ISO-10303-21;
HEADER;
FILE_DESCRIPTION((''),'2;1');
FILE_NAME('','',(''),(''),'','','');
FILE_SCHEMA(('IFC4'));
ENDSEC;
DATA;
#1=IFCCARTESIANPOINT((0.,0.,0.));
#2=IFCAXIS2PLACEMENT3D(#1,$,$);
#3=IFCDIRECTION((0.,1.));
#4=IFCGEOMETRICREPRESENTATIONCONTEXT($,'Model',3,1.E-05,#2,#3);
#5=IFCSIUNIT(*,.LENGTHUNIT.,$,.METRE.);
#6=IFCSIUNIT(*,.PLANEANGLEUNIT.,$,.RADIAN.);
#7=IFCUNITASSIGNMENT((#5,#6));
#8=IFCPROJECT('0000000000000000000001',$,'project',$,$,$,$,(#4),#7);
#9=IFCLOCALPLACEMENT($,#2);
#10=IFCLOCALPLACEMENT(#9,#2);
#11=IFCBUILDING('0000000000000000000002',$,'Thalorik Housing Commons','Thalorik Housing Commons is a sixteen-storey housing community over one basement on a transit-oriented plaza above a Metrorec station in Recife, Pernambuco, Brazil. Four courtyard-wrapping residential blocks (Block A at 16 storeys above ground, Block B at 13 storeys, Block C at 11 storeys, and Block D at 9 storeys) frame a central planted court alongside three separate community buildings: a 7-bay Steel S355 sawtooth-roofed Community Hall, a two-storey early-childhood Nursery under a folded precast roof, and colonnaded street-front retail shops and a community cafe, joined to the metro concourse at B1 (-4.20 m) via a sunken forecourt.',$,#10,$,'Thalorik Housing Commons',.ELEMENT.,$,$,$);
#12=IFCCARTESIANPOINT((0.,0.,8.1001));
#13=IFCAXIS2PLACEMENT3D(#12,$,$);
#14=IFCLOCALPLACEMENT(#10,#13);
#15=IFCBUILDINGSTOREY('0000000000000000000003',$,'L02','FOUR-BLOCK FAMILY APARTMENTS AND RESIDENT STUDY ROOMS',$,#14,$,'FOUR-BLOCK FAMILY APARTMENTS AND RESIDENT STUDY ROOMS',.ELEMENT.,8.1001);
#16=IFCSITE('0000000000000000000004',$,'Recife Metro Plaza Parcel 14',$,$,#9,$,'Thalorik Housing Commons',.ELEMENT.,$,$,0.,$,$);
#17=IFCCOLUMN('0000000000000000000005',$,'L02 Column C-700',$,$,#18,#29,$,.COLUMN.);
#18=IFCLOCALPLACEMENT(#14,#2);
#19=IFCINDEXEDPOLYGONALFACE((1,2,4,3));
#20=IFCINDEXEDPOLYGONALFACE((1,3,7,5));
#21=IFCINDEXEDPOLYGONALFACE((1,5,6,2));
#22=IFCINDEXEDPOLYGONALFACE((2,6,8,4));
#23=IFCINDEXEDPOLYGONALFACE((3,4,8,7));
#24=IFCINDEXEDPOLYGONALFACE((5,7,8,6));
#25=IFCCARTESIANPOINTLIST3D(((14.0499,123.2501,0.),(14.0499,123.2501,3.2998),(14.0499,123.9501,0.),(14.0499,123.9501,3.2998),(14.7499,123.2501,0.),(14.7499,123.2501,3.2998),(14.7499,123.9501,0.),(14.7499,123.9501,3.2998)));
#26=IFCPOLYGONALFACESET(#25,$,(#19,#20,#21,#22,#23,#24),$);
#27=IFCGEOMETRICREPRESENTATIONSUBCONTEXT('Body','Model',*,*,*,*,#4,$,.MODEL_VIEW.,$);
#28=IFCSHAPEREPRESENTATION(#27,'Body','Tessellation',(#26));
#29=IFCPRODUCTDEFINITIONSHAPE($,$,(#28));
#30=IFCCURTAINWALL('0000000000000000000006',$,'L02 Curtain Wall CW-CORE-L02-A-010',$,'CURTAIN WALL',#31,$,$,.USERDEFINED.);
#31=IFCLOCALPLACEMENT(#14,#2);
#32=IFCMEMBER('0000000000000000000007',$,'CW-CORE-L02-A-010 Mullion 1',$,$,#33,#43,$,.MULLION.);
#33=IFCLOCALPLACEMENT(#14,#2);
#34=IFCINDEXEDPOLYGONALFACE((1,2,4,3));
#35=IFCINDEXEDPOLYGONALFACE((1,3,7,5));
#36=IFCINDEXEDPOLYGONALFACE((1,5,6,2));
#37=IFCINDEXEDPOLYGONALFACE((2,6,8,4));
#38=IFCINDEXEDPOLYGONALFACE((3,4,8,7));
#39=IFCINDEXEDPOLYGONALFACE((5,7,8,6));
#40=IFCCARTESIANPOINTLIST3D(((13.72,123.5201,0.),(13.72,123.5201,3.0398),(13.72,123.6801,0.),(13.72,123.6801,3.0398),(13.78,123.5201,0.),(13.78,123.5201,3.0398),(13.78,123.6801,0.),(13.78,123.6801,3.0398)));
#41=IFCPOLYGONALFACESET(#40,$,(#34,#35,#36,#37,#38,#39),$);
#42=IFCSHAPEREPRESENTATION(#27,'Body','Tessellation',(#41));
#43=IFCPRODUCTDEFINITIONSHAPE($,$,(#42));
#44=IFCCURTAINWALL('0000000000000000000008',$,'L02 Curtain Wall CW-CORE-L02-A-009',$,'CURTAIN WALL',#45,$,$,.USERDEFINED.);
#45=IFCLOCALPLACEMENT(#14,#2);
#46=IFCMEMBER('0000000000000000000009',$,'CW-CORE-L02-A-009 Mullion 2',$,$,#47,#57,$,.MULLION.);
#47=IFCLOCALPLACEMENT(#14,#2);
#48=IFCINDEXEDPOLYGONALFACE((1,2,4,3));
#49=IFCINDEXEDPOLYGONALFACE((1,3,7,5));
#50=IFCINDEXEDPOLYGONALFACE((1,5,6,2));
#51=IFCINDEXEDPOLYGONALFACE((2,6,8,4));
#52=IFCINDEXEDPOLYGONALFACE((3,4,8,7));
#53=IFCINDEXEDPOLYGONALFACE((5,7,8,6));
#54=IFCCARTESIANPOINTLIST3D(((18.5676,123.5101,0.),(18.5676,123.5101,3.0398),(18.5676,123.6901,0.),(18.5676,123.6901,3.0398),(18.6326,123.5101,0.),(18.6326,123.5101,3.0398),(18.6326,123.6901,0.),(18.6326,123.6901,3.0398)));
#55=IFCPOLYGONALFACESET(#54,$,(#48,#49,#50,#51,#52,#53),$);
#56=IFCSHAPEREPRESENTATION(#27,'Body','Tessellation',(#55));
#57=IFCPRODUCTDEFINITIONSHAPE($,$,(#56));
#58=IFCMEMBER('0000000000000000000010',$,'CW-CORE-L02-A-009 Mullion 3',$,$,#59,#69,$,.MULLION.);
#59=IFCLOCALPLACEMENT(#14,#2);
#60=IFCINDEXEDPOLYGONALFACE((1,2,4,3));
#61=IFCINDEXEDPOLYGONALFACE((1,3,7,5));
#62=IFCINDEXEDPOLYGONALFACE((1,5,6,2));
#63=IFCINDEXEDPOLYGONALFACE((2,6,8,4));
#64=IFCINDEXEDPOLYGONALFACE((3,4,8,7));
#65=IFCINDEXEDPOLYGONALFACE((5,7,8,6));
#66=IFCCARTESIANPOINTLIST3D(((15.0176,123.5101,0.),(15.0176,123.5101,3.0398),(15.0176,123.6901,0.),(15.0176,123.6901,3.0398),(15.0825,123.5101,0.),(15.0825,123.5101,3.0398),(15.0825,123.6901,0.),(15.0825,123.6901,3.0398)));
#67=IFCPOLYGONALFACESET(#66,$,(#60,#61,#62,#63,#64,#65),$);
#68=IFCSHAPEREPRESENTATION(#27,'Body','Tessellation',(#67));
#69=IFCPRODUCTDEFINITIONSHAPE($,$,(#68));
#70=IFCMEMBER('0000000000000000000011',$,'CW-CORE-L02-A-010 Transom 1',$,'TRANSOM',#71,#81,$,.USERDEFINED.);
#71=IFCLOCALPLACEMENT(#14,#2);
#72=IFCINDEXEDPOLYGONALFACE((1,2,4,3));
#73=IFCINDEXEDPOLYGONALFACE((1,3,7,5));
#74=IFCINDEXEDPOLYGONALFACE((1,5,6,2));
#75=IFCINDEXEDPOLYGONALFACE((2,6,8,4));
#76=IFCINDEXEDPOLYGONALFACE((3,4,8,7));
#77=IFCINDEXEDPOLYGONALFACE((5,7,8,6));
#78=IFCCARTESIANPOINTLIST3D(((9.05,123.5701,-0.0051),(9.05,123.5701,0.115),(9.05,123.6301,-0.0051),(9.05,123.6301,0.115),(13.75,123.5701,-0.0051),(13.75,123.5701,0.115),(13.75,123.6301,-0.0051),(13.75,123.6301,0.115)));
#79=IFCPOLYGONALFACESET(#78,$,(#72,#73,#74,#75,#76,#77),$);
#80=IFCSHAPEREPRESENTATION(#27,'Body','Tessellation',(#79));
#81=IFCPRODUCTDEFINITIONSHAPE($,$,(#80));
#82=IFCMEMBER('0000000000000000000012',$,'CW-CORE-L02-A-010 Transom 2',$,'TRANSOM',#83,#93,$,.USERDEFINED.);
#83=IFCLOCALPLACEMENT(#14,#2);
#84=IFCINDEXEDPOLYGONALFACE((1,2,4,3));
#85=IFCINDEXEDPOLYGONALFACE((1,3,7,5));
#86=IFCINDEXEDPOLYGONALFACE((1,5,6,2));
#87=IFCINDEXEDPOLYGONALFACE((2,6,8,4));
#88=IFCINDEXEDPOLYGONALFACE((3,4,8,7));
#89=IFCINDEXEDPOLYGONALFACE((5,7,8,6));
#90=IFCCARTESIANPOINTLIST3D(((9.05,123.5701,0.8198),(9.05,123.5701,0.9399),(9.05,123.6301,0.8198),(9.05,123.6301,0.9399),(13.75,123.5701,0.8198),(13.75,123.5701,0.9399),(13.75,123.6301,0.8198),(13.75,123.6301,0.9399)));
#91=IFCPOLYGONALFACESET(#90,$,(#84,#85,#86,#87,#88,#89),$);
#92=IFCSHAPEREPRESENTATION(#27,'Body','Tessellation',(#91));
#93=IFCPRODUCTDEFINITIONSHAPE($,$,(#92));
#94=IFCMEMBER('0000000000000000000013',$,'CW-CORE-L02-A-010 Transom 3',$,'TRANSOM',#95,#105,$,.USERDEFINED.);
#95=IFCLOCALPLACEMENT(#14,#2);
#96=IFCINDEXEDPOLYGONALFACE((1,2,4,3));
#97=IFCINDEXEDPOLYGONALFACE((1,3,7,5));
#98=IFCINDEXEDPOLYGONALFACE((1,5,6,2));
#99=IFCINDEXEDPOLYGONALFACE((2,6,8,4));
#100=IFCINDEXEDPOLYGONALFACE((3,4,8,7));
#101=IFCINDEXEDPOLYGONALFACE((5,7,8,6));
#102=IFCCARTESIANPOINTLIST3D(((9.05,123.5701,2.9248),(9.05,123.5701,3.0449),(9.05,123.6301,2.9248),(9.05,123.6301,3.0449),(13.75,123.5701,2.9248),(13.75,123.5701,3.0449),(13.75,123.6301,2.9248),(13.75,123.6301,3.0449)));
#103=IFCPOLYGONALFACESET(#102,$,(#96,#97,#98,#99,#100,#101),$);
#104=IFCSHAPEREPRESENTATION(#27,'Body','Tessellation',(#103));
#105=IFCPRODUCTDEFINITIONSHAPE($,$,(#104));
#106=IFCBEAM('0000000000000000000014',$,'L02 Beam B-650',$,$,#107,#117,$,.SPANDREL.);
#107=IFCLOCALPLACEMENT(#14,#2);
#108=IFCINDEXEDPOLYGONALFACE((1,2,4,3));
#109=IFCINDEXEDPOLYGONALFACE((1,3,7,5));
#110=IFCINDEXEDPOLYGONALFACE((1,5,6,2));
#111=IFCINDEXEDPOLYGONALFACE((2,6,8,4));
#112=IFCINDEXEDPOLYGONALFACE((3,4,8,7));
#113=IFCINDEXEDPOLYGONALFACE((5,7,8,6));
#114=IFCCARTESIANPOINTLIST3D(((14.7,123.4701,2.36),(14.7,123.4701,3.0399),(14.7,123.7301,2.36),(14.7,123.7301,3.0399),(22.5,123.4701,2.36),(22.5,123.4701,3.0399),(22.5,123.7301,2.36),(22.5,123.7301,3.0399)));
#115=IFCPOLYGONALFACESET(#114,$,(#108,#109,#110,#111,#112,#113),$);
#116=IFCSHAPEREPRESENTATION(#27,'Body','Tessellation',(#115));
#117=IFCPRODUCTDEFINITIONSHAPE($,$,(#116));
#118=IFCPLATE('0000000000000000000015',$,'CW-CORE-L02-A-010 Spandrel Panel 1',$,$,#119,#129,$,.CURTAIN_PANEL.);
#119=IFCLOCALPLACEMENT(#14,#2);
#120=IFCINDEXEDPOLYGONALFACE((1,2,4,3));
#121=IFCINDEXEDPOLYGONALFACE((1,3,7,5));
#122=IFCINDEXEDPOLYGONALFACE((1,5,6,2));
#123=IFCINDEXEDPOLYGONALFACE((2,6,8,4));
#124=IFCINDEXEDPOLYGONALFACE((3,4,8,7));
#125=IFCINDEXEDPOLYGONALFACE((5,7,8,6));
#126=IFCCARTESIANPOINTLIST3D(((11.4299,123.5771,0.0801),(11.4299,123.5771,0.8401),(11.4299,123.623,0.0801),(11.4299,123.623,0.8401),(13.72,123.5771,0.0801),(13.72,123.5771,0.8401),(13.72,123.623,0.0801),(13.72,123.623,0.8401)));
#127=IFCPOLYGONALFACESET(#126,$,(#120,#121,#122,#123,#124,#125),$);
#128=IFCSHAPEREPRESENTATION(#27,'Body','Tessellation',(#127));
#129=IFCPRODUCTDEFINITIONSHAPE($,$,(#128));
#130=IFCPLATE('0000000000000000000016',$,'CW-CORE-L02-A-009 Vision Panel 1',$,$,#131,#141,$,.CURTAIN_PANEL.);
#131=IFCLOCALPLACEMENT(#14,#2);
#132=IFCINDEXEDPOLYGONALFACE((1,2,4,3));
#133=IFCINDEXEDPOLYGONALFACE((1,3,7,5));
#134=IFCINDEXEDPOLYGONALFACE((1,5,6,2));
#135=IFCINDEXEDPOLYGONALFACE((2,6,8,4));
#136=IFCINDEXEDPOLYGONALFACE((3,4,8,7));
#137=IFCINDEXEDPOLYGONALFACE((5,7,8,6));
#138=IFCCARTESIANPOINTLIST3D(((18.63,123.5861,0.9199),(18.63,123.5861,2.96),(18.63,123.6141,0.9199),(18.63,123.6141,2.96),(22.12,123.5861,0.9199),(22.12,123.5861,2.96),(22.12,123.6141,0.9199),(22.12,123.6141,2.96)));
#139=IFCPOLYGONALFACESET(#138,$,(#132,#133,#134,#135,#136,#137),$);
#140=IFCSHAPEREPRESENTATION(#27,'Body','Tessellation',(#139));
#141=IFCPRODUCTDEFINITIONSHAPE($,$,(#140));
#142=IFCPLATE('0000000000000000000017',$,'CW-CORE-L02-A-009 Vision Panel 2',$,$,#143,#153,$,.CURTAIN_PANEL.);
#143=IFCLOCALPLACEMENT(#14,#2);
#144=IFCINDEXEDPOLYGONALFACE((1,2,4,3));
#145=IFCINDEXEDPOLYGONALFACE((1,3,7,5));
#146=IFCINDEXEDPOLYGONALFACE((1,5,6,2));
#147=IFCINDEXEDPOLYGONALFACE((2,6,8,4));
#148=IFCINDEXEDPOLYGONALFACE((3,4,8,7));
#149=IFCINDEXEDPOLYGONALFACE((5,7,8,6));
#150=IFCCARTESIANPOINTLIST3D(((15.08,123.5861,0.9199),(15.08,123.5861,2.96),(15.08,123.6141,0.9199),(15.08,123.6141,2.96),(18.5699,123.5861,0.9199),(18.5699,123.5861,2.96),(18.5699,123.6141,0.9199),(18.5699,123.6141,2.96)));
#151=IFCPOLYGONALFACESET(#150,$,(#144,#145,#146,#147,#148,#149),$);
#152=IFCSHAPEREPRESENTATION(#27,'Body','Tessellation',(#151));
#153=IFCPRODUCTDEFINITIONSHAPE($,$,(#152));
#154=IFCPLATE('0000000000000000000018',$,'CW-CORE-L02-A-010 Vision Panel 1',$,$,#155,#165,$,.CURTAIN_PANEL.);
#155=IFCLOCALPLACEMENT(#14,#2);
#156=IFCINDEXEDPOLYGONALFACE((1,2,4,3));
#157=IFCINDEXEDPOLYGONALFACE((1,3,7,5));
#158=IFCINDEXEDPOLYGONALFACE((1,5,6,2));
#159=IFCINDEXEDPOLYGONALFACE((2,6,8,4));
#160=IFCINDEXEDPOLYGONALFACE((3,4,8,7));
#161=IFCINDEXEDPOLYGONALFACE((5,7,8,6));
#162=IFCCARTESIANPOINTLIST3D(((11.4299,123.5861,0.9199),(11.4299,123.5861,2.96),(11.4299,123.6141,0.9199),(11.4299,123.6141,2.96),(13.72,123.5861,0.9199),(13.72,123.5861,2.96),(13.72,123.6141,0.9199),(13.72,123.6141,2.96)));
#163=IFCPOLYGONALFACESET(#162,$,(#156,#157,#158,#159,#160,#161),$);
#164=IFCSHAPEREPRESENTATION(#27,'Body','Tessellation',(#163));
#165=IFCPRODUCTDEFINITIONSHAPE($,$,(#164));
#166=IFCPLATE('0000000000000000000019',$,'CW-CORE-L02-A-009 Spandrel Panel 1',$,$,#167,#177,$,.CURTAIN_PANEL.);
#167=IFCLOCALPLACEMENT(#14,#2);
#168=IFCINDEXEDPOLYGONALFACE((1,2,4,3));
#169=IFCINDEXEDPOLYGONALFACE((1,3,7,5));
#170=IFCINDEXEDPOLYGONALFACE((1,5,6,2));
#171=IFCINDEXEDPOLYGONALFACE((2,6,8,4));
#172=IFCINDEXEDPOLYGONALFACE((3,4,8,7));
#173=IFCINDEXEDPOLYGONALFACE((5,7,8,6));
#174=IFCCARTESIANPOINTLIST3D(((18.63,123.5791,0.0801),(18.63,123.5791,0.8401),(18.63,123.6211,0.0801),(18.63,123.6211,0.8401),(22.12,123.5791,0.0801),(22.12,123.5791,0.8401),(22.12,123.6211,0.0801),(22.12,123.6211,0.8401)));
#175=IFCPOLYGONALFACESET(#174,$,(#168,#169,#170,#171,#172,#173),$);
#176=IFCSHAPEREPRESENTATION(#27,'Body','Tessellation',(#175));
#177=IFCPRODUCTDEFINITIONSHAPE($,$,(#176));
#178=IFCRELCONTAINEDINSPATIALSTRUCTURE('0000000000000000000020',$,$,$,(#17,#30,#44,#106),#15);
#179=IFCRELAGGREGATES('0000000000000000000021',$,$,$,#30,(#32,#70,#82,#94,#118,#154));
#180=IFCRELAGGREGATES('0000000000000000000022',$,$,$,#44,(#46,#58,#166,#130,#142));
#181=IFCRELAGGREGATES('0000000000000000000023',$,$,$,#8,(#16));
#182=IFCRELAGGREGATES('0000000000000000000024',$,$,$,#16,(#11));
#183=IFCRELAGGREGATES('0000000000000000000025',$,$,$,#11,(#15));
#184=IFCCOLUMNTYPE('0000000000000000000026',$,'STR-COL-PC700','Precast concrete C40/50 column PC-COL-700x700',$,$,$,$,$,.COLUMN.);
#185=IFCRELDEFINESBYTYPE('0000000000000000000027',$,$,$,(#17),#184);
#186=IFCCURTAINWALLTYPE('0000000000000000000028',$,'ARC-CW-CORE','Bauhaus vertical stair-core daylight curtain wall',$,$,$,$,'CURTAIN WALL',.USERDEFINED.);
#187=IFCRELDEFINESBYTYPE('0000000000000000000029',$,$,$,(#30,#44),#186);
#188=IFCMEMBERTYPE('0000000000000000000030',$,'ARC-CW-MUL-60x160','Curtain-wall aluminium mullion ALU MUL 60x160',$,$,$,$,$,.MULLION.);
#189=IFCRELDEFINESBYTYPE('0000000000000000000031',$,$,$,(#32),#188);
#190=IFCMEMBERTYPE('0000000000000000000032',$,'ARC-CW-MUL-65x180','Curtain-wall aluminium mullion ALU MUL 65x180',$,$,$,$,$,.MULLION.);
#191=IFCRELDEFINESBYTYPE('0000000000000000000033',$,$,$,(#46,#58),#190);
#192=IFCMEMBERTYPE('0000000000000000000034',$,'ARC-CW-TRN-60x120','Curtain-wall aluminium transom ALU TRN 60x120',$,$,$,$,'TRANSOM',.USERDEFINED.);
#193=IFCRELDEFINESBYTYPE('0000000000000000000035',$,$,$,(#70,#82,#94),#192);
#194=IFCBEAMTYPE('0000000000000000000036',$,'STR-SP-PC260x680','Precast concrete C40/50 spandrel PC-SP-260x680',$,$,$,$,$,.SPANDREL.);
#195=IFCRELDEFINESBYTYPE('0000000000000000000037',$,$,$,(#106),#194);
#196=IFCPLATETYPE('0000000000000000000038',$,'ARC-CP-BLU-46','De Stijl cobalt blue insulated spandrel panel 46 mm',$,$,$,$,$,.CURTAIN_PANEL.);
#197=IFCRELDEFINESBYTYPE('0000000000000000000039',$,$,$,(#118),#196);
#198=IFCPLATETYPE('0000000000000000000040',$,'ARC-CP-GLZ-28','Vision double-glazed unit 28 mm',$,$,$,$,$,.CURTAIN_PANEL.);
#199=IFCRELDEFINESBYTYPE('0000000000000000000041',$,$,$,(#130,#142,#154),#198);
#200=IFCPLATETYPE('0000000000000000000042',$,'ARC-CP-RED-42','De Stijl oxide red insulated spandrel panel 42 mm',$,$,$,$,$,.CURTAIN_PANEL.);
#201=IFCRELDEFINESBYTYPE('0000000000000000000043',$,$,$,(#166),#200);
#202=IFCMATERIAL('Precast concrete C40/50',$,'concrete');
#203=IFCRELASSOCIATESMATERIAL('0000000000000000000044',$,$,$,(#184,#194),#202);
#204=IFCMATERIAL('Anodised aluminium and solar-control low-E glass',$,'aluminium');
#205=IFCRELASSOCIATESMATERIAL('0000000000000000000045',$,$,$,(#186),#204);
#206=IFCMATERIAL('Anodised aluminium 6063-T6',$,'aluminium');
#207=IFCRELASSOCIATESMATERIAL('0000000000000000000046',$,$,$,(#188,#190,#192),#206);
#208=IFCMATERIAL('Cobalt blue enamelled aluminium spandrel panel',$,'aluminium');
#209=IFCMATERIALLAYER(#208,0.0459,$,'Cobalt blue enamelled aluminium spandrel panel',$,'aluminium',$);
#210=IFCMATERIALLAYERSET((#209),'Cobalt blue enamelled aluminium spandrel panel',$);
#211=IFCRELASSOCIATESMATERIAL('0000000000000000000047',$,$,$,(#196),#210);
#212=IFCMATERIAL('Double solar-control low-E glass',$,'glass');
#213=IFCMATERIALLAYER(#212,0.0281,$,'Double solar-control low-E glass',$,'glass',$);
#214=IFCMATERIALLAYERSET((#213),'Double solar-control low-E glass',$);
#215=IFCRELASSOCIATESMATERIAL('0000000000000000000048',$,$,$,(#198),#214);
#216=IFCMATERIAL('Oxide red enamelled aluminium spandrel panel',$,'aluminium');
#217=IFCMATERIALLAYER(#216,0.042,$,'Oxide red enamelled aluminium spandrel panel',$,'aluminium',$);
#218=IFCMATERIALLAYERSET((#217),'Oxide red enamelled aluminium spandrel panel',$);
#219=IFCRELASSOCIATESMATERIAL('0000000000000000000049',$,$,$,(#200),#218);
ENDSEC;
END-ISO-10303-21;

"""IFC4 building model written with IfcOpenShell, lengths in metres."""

from ifc_helpers import new_model, si_unit, direction, frame, origin, origin_2d, place, context, subcontext, project, spatial, rectangle, extrude, material, layer, layer_set, material_profile, profile_set, type_object, element, aggregate, save


model = new_model("IFC4")

# Units and contexts
model_context = context("Model", 3, precision=1e-05, world=origin(), true_north=direction((0.0, 1.0)))
body_context = subcontext(model_context, "Body", "Model", "MODEL_VIEW")
ifc_project = project(units=[si_unit("LENGTHUNIT", "METRE"), si_unit("PLANEANGLEUNIT", "RADIAN")], contexts=[model_context])

# Site, building, storey
site_placement = place(None, origin())
site = spatial("IfcSite", under=ifc_project, at=site_placement, Name="Recife Metro Plaza Parcel 14", LongName="Thalorik Housing Commons", CompositionType="ELEMENT", RefElevation=0.0)
building_placement = place(site_placement, origin())
building = spatial("IfcBuilding", under=site, at=building_placement, Name="Thalorik Housing Commons", Description="Thalorik Housing Commons is a sixteen-storey housing community over one basement on a transit-oriented plaza above a Metrorec station in Recife, Pernambuco, Brazil. Four courtyard-wrapping residential blocks (Block A at 16 storeys above ground, Block B at 13 storeys, Block C at 11 storeys, and Block D at 9 storeys) frame a central planted court alongside three separate community buildings: a 7-bay Steel S355 sawtooth-roofed Community Hall, a two-storey early-childhood Nursery under a folded precast roof, and colonnaded street-front retail shops and a community cafe, joined to the metro concourse at B1 (-4.20 m) via a sunken forecourt.", LongName="Thalorik Housing Commons", CompositionType="ELEMENT")
storey_placement = place(building_placement, frame((0.0, 0.0, 8.1001)))
storey = spatial("IfcBuildingStorey", under=building, at=storey_placement, Name="L02", Description="FOUR-BLOCK FAMILY APARTMENTS AND RESIDENT STUDY ROOMS", LongName="FOUR-BLOCK FAMILY APARTMENTS AND RESIDENT STUDY ROOMS", CompositionType="ELEMENT", Elevation=8.1001)

# Column
ifc_material_1 = material(Name="Precast concrete C40/50", Category="concrete")
ifc_material_profile_1 = material_profile(ifc_material_1, rectangle(XDim=0.7, YDim=0.7, at=origin_2d()), Name="PC 700x700", Category="concrete")
ifc_profile_set_1 = profile_set([ifc_material_profile_1], Name="Precast concrete C40/50")
column_type = type_object("IfcColumnType", Name="STR-COL-PC700", Description="Precast concrete C40/50 column PC-COL-700x700", PredefinedType="COLUMN", material=ifc_profile_set_1)
column_placement = place(storey_placement, frame((14.3999, 123.6001, 0.0), z_axis=(0.0, 0.0, 1.0), x_axis=(1.0, 0.0, 0.0)))
element("IfcColumn", 1, at=column_placement, inside=storey, type_object=column_type, Name="L02 Column C-700", PredefinedType="COLUMN", context=body_context, shape_type="SweptSolid", body=[
    extrude(rectangle(XDim=0.7, YDim=0.7, at=origin_2d()), origin(), (0.0, 0.0, 1.0), 3.2998),
])

# Curtain wall, member
ifc_material_2 = material(Name="Anodised aluminium and solar-control low-E glass", Category="aluminium")
curtain_wall_type = type_object("IfcCurtainWallType", Name="ARC-CW-CORE", Description="Bauhaus vertical stair-core daylight curtain wall", ElementType="CURTAIN WALL", PredefinedType="USERDEFINED", material=ifc_material_2)
curtain_wall_1_placement = place(storey_placement, origin())
curtain_wall_1 = element("IfcCurtainWall", 2, at=curtain_wall_1_placement, inside=storey, type_object=curtain_wall_type, Name="L02 Curtain Wall CW-CORE-L02-A-010", ObjectType="CURTAIN WALL", PredefinedType="USERDEFINED")
ifc_material_3 = material(Name="Anodised aluminium 6063-T6", Category="aluminium")
ifc_material_profile_2 = material_profile(ifc_material_3, rectangle(XDim=0.0601, YDim=0.1599, at=origin_2d()), Name="ALU MUL 60x160", Category="aluminium")
ifc_profile_set_2 = profile_set([ifc_material_profile_2], Name="Anodised aluminium 6063-T6")
member_type_1 = type_object("IfcMemberType", Name="ARC-CW-MUL-60x160", Description="Curtain-wall aluminium mullion ALU MUL 60x160", PredefinedType="MULLION", material=ifc_profile_set_2)
member_1_placement = place(storey_placement, frame((13.75, 123.6001, 0.0), z_axis=(0.0, 0.0, 1.0), x_axis=(-1.0, 0.0, 0.0)))
member_1 = element("IfcMember", 3, at=member_1_placement, type_object=member_type_1, Name="CW-CORE-L02-A-010 Mullion 1", PredefinedType="MULLION", context=body_context, shape_type="SweptSolid", body=[
    extrude(rectangle(XDim=0.0601, YDim=0.1599, at=origin_2d()), origin(), (0.0, 0.0, 1.0), 3.0398),
])

# Curtain wall, members
curtain_wall_2_placement = place(storey_placement, origin())
curtain_wall_2 = element("IfcCurtainWall", 4, at=curtain_wall_2_placement, inside=storey, type_object=curtain_wall_type, Name="L02 Curtain Wall CW-CORE-L02-A-009", ObjectType="CURTAIN WALL", PredefinedType="USERDEFINED")
ifc_material_profile_3 = material_profile(ifc_material_3, rectangle(XDim=0.0649, YDim=0.1799, at=origin_2d()), Name="ALU MUL 65x180", Category="aluminium")
ifc_profile_set_3 = profile_set([ifc_material_profile_3], Name="Anodised aluminium 6063-T6")
member_type_2 = type_object("IfcMemberType", Name="ARC-CW-MUL-65x180", Description="Curtain-wall aluminium mullion ALU MUL 65x180", PredefinedType="MULLION", material=ifc_profile_set_3)
member_2_placement = place(storey_placement, frame((18.6001, 123.6001, 0.0), z_axis=(0.0, 0.0, 1.0), x_axis=(-1.0, 0.0, 0.0)))
member_2 = element("IfcMember", 5, at=member_2_placement, type_object=member_type_2, Name="CW-CORE-L02-A-009 Mullion 2", PredefinedType="MULLION", context=body_context, shape_type="SweptSolid", body=[
    extrude(rectangle(XDim=0.0649, YDim=0.1799, at=origin_2d()), origin(), (0.0, 0.0, 1.0), 3.0398),
])
member_3_placement = place(storey_placement, frame((15.05, 123.6001, 0.0), z_axis=(0.0, 0.0, 1.0), x_axis=(-1.0, 0.0, 0.0)))
member_3 = element("IfcMember", 6, at=member_3_placement, type_object=member_type_2, Name="CW-CORE-L02-A-009 Mullion 3", PredefinedType="MULLION", context=body_context, shape_type="SweptSolid", body=[
    extrude(rectangle(XDim=0.0649, YDim=0.1799, at=origin_2d()), origin(), (0.0, 0.0, 1.0), 3.0398),
])

# Members
ifc_material_profile_4 = material_profile(ifc_material_3, rectangle(XDim=0.0601, YDim=0.1201, at=origin_2d()), Name="ALU TRN 60x120", Category="aluminium")
ifc_profile_set_4 = profile_set([ifc_material_profile_4], Name="Anodised aluminium 6063-T6")
member_type_3 = type_object("IfcMemberType", Name="ARC-CW-TRN-60x120", Description="Curtain-wall aluminium transom ALU TRN 60x120", ElementType="TRANSOM", PredefinedType="USERDEFINED", material=ifc_profile_set_4)
member_4_placement = place(storey_placement, frame((13.75, 123.6001, 0.0549), z_axis=(-1.0, 0.0, 0.0), x_axis=(0.0, -1.0, 0.0)))
member_4 = element("IfcMember", 7, at=member_4_placement, type_object=member_type_3, Name="CW-CORE-L02-A-010 Transom 1", ObjectType="TRANSOM", PredefinedType="USERDEFINED", context=body_context, shape_type="SweptSolid", body=[
    extrude(rectangle(XDim=0.0601, YDim=0.1201, at=origin_2d()), origin(), (0.0, 0.0, 1.0), 4.7),
])
member_5_placement = place(storey_placement, frame((13.75, 123.6001, 0.8799), z_axis=(-1.0, 0.0, 0.0), x_axis=(0.0, -1.0, 0.0)))
member_5 = element("IfcMember", 8, at=member_5_placement, type_object=member_type_3, Name="CW-CORE-L02-A-010 Transom 2", ObjectType="TRANSOM", PredefinedType="USERDEFINED", context=body_context, shape_type="SweptSolid", body=[
    extrude(rectangle(XDim=0.0601, YDim=0.1201, at=origin_2d()), origin(), (0.0, 0.0, 1.0), 4.7),
])
member_6_placement = place(storey_placement, frame((13.75, 123.6001, 2.9849), z_axis=(-1.0, 0.0, 0.0), x_axis=(0.0, -1.0, 0.0)))
member_6 = element("IfcMember", 9, at=member_6_placement, type_object=member_type_3, Name="CW-CORE-L02-A-010 Transom 3", ObjectType="TRANSOM", PredefinedType="USERDEFINED", context=body_context, shape_type="SweptSolid", body=[
    extrude(rectangle(XDim=0.0601, YDim=0.1201, at=origin_2d()), origin(), (0.0, 0.0, 1.0), 4.7),
])

# Beam
ifc_material_profile_5 = material_profile(ifc_material_1, rectangle(XDim=0.26, YDim=0.6799, at=origin_2d()), Name="PC SP 260x680", Category="concrete")
ifc_profile_set_5 = profile_set([ifc_material_profile_5], Name="Precast concrete C40/50")
beam_type = type_object("IfcBeamType", Name="STR-SP-PC260x680", Description="Precast concrete C40/50 spandrel PC-SP-260x680", PredefinedType="SPANDREL", material=ifc_profile_set_5)
beam_placement = place(storey_placement, frame((14.7, 123.6001, 2.7), z_axis=(1.0, 0.0, 0.0), x_axis=(0.0, 1.0, 0.0)))
element("IfcBeam", 10, at=beam_placement, inside=storey, type_object=beam_type, Name="L02 Beam B-650", PredefinedType="SPANDREL", context=body_context, shape_type="SweptSolid", body=[
    extrude(rectangle(XDim=0.26, YDim=0.6799, at=origin_2d()), origin(), (0.0, 0.0, 1.0), 7.8),
])

# Plates
ifc_material_4 = material(Name="Cobalt blue enamelled aluminium spandrel panel", Category="aluminium")
ifc_layer_1 = layer(ifc_material_4, 0.0459, Name="Cobalt blue enamelled aluminium spandrel panel", Category="aluminium")
ifc_layer_set_1 = layer_set([ifc_layer_1], Name="Cobalt blue enamelled aluminium spandrel panel")
plate_type_1 = type_object("IfcPlateType", Name="ARC-CP-BLU-46", Description="De Stijl cobalt blue insulated spandrel panel 46 mm", PredefinedType="CURTAIN_PANEL", material=ifc_layer_set_1)
plate_1_placement = place(storey_placement, frame((12.575, 123.6001, 0.0801), z_axis=(0.0, 0.0, 1.0), x_axis=(-1.0, 0.0, 0.0)))
plate_1 = element("IfcPlate", 11, at=plate_1_placement, type_object=plate_type_1, Name="CW-CORE-L02-A-010 Spandrel Panel 1", PredefinedType="CURTAIN_PANEL", context=body_context, shape_type="SweptSolid", body=[
    extrude(rectangle(XDim=2.29, YDim=0.0459, at=origin_2d()), origin(), (0.0, 0.0, 1.0), 0.76),
])
ifc_material_5 = material(Name="Double solar-control low-E glass", Category="glass")
ifc_layer_2 = layer(ifc_material_5, 0.0281, Name="Double solar-control low-E glass", Category="glass")
ifc_layer_set_2 = layer_set([ifc_layer_2], Name="Double solar-control low-E glass")
plate_type_2 = type_object("IfcPlateType", Name="ARC-CP-GLZ-28", Description="Vision double-glazed unit 28 mm", PredefinedType="CURTAIN_PANEL", material=ifc_layer_set_2)
plate_2_placement = place(storey_placement, frame((20.375, 123.6001, 0.9199), z_axis=(0.0, 0.0, 1.0), x_axis=(-1.0, 0.0, 0.0)))
plate_2 = element("IfcPlate", 12, at=plate_2_placement, type_object=plate_type_2, Name="CW-CORE-L02-A-009 Vision Panel 1", PredefinedType="CURTAIN_PANEL", context=body_context, shape_type="SweptSolid", body=[
    extrude(rectangle(XDim=3.49, YDim=0.0281, at=origin_2d()), origin(), (0.0, 0.0, 1.0), 2.04),
])
plate_3_placement = place(storey_placement, frame((16.825, 123.6001, 0.9199), z_axis=(0.0, 0.0, 1.0), x_axis=(-1.0, 0.0, 0.0)))
plate_3 = element("IfcPlate", 13, at=plate_3_placement, type_object=plate_type_2, Name="CW-CORE-L02-A-009 Vision Panel 2", PredefinedType="CURTAIN_PANEL", context=body_context, shape_type="SweptSolid", body=[
    extrude(rectangle(XDim=3.49, YDim=0.0281, at=origin_2d()), origin(), (0.0, 0.0, 1.0), 2.04),
])
plate_4_placement = place(storey_placement, frame((12.575, 123.6001, 0.9199), z_axis=(0.0, 0.0, 1.0), x_axis=(-1.0, 0.0, 0.0)))
plate_4 = element("IfcPlate", 14, at=plate_4_placement, type_object=plate_type_2, Name="CW-CORE-L02-A-010 Vision Panel 1", PredefinedType="CURTAIN_PANEL", context=body_context, shape_type="SweptSolid", body=[
    extrude(rectangle(XDim=2.29, YDim=0.0281, at=origin_2d()), origin(), (0.0, 0.0, 1.0), 2.04),
])
aggregate(curtain_wall_1, [member_1, member_4, member_5, member_6, plate_1, plate_4])
ifc_material_6 = material(Name="Oxide red enamelled aluminium spandrel panel", Category="aluminium")
ifc_layer_3 = layer(ifc_material_6, 0.042, Name="Oxide red enamelled aluminium spandrel panel", Category="aluminium")
ifc_layer_set_3 = layer_set([ifc_layer_3], Name="Oxide red enamelled aluminium spandrel panel")
plate_type_3 = type_object("IfcPlateType", Name="ARC-CP-RED-42", Description="De Stijl oxide red insulated spandrel panel 42 mm", PredefinedType="CURTAIN_PANEL", material=ifc_layer_set_3)
plate_5_placement = place(storey_placement, frame((20.375, 123.6001, 0.0801), z_axis=(0.0, 0.0, 1.0), x_axis=(-1.0, 0.0, 0.0)))
plate_5 = element("IfcPlate", 15, at=plate_5_placement, type_object=plate_type_3, Name="CW-CORE-L02-A-009 Spandrel Panel 1", PredefinedType="CURTAIN_PANEL", context=body_context, shape_type="SweptSolid", body=[
    extrude(rectangle(XDim=3.49, YDim=0.042, at=origin_2d()), origin(), (0.0, 0.0, 1.0), 0.76),
])
aggregate(curtain_wall_2, [member_2, member_3, plate_5, plate_2, plate_3])

save(model, "model.ifc")
